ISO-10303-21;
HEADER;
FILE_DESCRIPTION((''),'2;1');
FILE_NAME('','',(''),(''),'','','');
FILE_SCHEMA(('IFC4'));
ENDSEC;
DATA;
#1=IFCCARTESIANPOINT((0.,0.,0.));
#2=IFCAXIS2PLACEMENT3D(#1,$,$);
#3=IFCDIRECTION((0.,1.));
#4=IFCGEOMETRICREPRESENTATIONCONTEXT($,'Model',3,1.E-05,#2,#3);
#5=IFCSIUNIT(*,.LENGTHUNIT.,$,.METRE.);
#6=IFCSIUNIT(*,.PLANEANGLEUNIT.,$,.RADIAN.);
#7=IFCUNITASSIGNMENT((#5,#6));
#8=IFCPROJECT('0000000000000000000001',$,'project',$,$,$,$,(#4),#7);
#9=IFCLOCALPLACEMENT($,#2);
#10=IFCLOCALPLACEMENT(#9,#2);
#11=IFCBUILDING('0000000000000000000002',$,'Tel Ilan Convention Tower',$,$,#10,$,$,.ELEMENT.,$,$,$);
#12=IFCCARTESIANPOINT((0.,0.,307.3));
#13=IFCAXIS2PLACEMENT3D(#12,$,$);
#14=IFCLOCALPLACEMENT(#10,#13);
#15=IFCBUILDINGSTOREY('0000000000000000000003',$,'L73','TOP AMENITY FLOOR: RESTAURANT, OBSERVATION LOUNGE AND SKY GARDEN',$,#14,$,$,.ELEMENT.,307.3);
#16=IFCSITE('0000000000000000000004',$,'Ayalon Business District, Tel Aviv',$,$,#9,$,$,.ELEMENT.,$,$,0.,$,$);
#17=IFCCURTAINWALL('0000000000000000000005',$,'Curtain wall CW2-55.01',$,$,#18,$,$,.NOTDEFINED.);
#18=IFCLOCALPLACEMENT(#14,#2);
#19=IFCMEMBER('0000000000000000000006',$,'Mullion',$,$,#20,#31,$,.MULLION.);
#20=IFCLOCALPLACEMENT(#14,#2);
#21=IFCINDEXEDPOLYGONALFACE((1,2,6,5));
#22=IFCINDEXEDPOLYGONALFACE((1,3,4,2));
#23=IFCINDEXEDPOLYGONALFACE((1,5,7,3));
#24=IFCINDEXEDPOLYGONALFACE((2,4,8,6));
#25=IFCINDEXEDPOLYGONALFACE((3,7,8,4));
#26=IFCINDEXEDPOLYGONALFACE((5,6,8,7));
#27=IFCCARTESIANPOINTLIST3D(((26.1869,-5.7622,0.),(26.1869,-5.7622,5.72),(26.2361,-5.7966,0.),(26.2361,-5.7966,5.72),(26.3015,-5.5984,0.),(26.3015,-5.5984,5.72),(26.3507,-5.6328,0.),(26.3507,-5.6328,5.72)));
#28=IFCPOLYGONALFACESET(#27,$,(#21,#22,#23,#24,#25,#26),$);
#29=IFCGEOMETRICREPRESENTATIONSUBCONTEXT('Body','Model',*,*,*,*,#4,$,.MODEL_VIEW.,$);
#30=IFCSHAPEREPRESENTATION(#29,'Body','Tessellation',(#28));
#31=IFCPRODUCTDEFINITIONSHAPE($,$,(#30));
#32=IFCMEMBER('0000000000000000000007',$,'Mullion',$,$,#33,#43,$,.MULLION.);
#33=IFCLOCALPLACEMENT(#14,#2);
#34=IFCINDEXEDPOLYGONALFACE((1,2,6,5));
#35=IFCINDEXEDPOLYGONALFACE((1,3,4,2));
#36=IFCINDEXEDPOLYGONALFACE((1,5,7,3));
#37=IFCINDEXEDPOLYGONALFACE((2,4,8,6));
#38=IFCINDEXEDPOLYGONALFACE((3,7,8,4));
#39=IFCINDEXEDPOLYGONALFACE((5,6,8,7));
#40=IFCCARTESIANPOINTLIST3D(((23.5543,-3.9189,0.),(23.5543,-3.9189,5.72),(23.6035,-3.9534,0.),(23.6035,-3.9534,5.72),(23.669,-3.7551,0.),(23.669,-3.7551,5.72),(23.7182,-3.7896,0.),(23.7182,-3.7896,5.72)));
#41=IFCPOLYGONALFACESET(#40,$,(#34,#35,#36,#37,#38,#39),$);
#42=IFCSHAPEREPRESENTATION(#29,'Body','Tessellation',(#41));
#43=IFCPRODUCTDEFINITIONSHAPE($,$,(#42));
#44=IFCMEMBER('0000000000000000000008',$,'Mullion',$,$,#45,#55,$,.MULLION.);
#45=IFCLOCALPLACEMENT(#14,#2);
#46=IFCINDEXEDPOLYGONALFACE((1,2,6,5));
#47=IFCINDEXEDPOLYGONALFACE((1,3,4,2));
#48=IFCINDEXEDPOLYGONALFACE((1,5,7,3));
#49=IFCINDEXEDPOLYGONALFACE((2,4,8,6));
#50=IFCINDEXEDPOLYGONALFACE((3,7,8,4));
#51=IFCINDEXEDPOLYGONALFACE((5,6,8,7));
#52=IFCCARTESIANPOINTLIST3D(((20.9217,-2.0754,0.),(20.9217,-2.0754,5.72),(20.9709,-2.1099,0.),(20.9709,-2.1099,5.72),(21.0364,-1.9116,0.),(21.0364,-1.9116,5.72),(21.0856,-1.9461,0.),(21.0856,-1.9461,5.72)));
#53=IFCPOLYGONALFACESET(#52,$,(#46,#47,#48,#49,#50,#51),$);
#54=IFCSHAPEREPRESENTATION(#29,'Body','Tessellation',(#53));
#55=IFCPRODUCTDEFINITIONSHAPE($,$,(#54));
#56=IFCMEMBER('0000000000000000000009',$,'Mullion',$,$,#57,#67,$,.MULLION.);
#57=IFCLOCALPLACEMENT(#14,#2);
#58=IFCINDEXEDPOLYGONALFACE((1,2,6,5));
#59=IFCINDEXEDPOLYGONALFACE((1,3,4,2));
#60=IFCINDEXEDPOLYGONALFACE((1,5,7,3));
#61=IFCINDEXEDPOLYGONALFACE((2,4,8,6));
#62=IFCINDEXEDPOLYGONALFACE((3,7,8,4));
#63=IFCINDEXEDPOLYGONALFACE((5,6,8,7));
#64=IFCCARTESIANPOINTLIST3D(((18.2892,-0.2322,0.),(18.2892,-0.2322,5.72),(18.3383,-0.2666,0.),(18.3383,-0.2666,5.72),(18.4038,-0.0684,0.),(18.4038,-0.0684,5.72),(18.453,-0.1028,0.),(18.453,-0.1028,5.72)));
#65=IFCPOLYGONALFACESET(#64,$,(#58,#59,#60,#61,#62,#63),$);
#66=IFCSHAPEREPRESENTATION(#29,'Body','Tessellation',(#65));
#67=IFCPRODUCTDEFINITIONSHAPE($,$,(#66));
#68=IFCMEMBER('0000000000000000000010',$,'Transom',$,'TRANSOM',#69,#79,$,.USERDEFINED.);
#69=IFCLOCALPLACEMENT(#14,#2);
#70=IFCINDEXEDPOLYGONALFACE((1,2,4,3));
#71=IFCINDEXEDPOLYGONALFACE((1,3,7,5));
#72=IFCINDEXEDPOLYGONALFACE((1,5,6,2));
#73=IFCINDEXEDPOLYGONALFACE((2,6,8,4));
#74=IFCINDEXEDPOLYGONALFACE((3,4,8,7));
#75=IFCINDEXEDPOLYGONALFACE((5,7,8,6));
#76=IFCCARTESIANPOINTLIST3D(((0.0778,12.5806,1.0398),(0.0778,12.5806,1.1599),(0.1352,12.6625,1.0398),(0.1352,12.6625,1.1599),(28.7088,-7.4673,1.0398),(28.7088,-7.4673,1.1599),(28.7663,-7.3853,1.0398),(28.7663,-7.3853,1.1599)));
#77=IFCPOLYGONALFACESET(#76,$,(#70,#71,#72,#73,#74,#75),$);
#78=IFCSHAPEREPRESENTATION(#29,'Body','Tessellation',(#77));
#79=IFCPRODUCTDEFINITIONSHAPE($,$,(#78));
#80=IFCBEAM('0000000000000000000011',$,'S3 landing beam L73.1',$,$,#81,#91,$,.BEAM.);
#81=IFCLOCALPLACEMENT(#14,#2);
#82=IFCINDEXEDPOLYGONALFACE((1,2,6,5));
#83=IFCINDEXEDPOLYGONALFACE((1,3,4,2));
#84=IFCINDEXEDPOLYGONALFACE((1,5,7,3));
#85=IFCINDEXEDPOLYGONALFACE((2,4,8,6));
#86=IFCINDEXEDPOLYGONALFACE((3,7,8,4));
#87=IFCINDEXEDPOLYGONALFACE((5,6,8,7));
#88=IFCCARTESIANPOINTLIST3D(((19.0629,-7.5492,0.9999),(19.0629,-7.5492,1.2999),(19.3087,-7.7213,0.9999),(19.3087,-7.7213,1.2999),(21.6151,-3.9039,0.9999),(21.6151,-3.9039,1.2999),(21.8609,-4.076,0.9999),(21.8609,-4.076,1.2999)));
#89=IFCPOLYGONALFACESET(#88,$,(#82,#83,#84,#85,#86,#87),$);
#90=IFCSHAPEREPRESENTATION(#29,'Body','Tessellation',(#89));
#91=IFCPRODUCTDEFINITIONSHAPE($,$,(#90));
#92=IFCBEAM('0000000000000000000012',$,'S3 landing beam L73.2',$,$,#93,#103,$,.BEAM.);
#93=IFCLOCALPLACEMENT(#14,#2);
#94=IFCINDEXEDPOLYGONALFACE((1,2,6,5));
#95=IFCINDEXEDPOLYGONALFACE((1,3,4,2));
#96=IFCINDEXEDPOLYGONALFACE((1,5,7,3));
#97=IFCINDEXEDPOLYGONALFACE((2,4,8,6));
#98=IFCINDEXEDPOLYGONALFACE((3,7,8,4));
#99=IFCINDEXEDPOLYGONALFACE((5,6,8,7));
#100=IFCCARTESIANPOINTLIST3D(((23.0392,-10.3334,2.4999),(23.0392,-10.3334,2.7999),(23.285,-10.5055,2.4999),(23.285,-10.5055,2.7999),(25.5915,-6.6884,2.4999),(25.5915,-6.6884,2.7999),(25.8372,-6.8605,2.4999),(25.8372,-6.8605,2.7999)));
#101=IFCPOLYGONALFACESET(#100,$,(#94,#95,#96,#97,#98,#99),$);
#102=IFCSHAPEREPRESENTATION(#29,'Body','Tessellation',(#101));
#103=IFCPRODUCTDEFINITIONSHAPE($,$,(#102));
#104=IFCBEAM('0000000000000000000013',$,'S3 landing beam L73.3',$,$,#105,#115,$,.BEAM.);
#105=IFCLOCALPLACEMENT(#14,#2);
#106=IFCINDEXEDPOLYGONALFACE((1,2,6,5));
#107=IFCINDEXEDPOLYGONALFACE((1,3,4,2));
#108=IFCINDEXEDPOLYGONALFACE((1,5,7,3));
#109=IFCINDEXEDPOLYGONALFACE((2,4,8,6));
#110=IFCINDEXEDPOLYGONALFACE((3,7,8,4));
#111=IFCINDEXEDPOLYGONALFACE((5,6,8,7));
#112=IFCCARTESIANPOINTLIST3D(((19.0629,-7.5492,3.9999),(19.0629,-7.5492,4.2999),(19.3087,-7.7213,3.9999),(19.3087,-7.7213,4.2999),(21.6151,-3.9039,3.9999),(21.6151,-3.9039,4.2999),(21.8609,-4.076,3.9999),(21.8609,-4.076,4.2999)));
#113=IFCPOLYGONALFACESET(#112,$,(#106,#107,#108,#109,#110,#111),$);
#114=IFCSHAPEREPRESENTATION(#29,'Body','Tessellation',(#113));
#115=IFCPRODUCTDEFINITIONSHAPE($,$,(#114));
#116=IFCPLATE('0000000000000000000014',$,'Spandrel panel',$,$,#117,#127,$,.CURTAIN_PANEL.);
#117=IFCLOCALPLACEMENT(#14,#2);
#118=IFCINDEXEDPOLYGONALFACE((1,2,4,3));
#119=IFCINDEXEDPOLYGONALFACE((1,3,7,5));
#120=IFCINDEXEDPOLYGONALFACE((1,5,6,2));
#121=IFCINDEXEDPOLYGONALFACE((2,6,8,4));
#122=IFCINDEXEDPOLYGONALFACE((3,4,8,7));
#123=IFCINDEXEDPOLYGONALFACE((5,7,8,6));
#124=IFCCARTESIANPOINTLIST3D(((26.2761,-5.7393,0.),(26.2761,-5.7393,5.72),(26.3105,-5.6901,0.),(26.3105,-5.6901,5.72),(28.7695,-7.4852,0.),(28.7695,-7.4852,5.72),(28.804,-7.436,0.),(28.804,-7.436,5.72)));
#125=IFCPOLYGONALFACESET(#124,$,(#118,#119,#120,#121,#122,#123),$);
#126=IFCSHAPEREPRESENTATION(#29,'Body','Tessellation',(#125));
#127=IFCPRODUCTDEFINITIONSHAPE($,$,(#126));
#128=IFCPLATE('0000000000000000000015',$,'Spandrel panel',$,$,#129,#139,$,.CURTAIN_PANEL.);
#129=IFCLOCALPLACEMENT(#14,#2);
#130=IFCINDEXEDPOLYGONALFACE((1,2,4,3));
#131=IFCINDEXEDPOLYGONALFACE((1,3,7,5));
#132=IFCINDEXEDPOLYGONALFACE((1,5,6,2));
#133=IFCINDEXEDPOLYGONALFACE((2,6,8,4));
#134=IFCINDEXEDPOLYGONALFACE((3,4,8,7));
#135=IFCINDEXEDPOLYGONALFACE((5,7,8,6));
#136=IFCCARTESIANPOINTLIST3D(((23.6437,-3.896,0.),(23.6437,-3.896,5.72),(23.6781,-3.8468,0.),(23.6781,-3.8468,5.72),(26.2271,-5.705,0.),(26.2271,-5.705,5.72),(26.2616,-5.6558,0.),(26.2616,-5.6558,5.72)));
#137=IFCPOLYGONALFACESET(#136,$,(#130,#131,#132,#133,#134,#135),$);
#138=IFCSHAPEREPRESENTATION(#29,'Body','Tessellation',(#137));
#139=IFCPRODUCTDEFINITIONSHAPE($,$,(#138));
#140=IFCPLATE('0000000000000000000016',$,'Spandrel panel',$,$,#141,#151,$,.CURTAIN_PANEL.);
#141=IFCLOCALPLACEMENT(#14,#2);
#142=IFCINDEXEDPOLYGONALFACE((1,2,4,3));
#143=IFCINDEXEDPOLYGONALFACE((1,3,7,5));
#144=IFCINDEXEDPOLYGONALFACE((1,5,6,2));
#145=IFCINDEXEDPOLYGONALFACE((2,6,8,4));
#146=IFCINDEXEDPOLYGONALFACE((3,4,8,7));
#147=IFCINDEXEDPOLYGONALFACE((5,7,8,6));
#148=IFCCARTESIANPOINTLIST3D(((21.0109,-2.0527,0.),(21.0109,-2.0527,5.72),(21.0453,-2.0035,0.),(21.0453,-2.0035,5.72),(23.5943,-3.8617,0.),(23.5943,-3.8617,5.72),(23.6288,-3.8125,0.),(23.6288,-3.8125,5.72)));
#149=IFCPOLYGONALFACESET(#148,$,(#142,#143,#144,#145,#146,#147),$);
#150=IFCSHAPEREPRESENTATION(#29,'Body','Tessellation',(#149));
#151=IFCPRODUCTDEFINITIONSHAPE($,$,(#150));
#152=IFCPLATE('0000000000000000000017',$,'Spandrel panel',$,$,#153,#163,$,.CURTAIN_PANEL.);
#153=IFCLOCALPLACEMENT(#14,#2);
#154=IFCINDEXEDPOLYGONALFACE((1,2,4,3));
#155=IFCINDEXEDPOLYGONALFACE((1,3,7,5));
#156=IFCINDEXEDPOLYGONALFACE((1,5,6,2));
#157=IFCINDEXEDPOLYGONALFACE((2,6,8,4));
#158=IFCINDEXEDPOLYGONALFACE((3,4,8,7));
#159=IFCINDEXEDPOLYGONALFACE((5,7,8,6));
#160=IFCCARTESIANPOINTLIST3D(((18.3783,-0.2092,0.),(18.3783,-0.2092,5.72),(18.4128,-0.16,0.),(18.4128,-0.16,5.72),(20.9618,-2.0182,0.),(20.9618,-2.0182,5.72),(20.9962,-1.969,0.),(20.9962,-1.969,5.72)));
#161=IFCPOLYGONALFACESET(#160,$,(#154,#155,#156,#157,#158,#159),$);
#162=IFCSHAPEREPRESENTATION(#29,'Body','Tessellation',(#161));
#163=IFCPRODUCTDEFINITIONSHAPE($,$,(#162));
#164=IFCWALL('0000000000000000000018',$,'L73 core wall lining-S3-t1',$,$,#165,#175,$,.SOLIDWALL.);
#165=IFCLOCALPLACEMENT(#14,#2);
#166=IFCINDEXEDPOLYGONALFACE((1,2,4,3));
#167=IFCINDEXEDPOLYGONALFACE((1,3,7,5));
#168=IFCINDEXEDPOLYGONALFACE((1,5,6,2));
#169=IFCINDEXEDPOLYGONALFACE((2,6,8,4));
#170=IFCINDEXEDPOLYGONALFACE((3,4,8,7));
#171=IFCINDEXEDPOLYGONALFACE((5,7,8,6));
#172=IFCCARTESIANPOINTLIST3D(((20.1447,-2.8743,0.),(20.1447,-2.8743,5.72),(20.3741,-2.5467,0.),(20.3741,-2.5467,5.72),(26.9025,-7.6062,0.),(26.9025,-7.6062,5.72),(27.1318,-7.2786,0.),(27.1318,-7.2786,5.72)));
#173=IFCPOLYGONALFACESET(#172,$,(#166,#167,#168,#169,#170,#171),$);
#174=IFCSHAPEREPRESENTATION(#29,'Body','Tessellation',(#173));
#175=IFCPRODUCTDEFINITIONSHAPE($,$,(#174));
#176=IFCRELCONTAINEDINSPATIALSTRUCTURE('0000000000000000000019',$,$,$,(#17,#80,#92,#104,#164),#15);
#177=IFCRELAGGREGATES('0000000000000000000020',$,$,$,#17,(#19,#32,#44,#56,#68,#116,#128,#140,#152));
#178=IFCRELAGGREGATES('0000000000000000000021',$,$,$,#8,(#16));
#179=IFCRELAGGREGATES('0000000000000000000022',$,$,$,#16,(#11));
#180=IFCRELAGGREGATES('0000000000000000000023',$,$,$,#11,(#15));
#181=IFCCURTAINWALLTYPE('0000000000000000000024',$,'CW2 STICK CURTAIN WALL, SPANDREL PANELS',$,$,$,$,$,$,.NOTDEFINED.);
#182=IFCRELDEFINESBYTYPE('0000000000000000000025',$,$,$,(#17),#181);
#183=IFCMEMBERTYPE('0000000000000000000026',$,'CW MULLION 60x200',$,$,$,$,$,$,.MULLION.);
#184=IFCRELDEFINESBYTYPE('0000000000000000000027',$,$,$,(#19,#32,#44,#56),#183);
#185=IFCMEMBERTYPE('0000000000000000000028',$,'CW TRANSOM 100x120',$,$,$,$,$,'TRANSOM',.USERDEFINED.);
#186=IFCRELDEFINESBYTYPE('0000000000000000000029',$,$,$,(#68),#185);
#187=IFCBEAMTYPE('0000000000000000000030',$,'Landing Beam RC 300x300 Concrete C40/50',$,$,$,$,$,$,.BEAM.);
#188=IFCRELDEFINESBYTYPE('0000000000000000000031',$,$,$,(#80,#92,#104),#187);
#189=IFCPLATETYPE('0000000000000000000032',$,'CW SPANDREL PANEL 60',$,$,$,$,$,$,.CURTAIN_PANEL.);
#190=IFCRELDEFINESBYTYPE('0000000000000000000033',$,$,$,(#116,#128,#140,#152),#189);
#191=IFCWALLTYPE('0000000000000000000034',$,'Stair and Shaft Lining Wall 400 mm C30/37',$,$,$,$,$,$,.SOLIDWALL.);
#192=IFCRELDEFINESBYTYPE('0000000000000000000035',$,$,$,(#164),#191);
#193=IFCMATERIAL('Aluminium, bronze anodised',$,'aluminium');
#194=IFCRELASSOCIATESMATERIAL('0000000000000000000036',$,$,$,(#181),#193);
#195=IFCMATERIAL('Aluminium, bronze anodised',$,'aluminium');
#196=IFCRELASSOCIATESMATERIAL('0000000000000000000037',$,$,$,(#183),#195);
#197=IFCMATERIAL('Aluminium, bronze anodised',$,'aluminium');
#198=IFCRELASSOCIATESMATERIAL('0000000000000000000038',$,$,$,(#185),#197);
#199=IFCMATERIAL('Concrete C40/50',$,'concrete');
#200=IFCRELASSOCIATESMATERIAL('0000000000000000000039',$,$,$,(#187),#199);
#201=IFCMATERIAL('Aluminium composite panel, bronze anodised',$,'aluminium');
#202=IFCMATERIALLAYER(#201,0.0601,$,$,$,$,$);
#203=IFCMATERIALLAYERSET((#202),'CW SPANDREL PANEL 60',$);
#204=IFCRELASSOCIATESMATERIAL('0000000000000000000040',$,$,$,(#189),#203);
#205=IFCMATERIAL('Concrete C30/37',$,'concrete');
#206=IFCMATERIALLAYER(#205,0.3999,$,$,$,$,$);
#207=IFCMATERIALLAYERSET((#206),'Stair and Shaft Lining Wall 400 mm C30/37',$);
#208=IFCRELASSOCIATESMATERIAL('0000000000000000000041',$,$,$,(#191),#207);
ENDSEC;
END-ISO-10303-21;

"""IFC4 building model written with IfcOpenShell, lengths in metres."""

from ifc_helpers import new_model, si_unit, direction, frame, frame_2d, origin, origin_2d, place, context, subcontext, project, spatial, rectangle, extrude, material, layer, layer_set, material_profile, profile_set, type_object, element, aggregate, save


model = new_model("IFC4")

# Units and contexts
model_context = context("Model", 3, precision=1e-05, world=origin(), true_north=direction((0.0, 1.0)))
body_context = subcontext(model_context, "Body", "Model", "MODEL_VIEW")
ifc_project = project(units=[si_unit("LENGTHUNIT", "METRE"), si_unit("PLANEANGLEUNIT", "RADIAN")], contexts=[model_context])

# Site, building, storey
site_placement = place(None, origin())
site = spatial("IfcSite", under=ifc_project, at=site_placement, Name="Ayalon Business District, Tel Aviv", CompositionType="ELEMENT", RefElevation=0.0)
building_placement = place(site_placement, origin())
building = spatial("IfcBuilding", under=site, at=building_placement, Name="Tel Ilan Convention Tower", CompositionType="ELEMENT")
storey_placement = place(building_placement, frame((0.0, 0.0, 307.3)))
storey = spatial("IfcBuildingStorey", under=building, at=storey_placement, Name="L73", Description="TOP AMENITY FLOOR: RESTAURANT, OBSERVATION LOUNGE AND SKY GARDEN", CompositionType="ELEMENT", Elevation=307.3)

# Curtain wall, members
ifc_material_1 = material(Name="Aluminium, bronze anodised", Category="aluminium")
curtain_wall_type = type_object("IfcCurtainWallType", Name="CW2 STICK CURTAIN WALL, SPANDREL PANELS", PredefinedType="NOTDEFINED", material=ifc_material_1)
curtain_wall_placement = place(storey_placement, origin())
curtain_wall = element("IfcCurtainWall", 1, at=curtain_wall_placement, inside=storey, type_object=curtain_wall_type, Name="Curtain wall CW2-55.01", PredefinedType="NOTDEFINED")
ifc_material_2 = material(Name="Aluminium, bronze anodised", Category="aluminium")
ifc_material_profile_1 = material_profile(ifc_material_2, rectangle(XDim=0.0601, YDim=0.2, at=origin_2d()), Name="CW MULLION 60x200")
ifc_profile_set_1 = profile_set([ifc_material_profile_1], Name="Aluminium, bronze anodised")
member_type_1 = type_object("IfcMemberType", Name="CW MULLION 60x200", PredefinedType="MULLION", material=ifc_profile_set_1)
member_1_placement = place(storey_placement, frame((26.2688, -5.6975, 0.0), z_axis=(0.0, 0.0, 1.0), x_axis=(-0.819152, 0.573576, 0.0)))
member_1 = element("IfcMember", 2, at=member_1_placement, type_object=member_type_1, Name="Mullion", PredefinedType="MULLION", context=body_context, shape_type="SweptSolid", body=[
    extrude(rectangle(XDim=0.0601, YDim=0.2, at=origin_2d()), origin(), (0.0, 0.0, 1.0), 5.72),
])
member_2_placement = place(storey_placement, frame((23.6362, -3.8542, 0.0), z_axis=(0.0, 0.0, 1.0), x_axis=(-0.819152, 0.573576, 0.0)))
member_2 = element("IfcMember", 3, at=member_2_placement, type_object=member_type_1, Name="Mullion", PredefinedType="MULLION", context=body_context, shape_type="SweptSolid", body=[
    extrude(rectangle(XDim=0.0601, YDim=0.2, at=origin_2d()), origin(), (0.0, 0.0, 1.0), 5.72),
])
member_3_placement = place(storey_placement, frame((21.0037, -2.0107, 0.0), z_axis=(0.0, 0.0, 1.0), x_axis=(-0.819152, 0.573576, 0.0)))
member_3 = element("IfcMember", 4, at=member_3_placement, type_object=member_type_1, Name="Mullion", PredefinedType="MULLION", context=body_context, shape_type="SweptSolid", body=[
    extrude(rectangle(XDim=0.0601, YDim=0.2, at=origin_2d()), origin(), (0.0, 0.0, 1.0), 5.72),
])
member_4_placement = place(storey_placement, frame((18.3711, -0.1675, 0.0), z_axis=(0.0, 0.0, 1.0), x_axis=(-0.819152, 0.573576, 0.0)))
member_4 = element("IfcMember", 5, at=member_4_placement, type_object=member_type_1, Name="Mullion", PredefinedType="MULLION", context=body_context, shape_type="SweptSolid", body=[
    extrude(rectangle(XDim=0.0601, YDim=0.2, at=origin_2d()), origin(), (0.0, 0.0, 1.0), 5.72),
])
ifc_material_3 = material(Name="Aluminium, bronze anodised", Category="aluminium")
ifc_material_profile_2 = material_profile(ifc_material_3, rectangle(XDim=0.1001, YDim=0.1201, at=origin_2d()), Name="CW TRANSOM 100x120")
ifc_profile_set_2 = profile_set([ifc_material_profile_2], Name="Aluminium, bronze anodised")
member_type_2 = type_object("IfcMemberType", Name="CW TRANSOM 100x120", ElementType="TRANSOM", PredefinedType="USERDEFINED", material=ifc_profile_set_2)
member_5_placement = place(storey_placement, frame((28.7375, -7.4263, 1.0999), z_axis=(-0.81915, 0.573579, 0.0), x_axis=(-0.573579, -0.81915, 0.0)))
member_5 = element("IfcMember", 6, at=member_5_placement, type_object=member_type_2, Name="Transom", ObjectType="TRANSOM", PredefinedType="USERDEFINED", context=body_context, shape_type="SweptSolid", body=[
    extrude(rectangle(XDim=0.1001, YDim=0.1201, at=origin_2d()), origin(), (0.0, 0.0, 1.0), 34.9521),
])

# Beams
ifc_material_4 = material(Name="Concrete C40/50", Category="concrete")
ifc_material_profile_3 = material_profile(ifc_material_4, rectangle(XDim=0.3, YDim=0.3, at=origin_2d()), Name="RC 300x300")
ifc_profile_set_3 = profile_set([ifc_material_profile_3], Name="Concrete C40/50")
beam_type = type_object("IfcBeamType", Name="Landing Beam RC 300x300 Concrete C40/50", PredefinedType="BEAM", material=ifc_profile_set_3)
beam_1_placement = place(storey_placement, frame((21.738, -3.99, 1.1499), z_axis=(-0.573547, -0.819173, 0.0), x_axis=(0.819173, -0.573547, 0.0)))
element("IfcBeam", 7, at=beam_1_placement, inside=storey, type_object=beam_type, Name="S3 landing beam L73.1", PredefinedType="BEAM", context=body_context, shape_type="SweptSolid", body=[
    extrude(rectangle(XDim=0.3, YDim=0.3, at=origin_2d()), origin(), (0.0, 0.0, 1.0), 4.45),
])
beam_2_placement = place(storey_placement, frame((25.7144, -6.7744, 2.6499), z_axis=(-0.573573, -0.819155, 0.0), x_axis=(0.819155, -0.573573, 0.0)))
element("IfcBeam", 8, at=beam_2_placement, inside=storey, type_object=beam_type, Name="S3 landing beam L73.2", PredefinedType="BEAM", context=body_context, shape_type="SweptSolid", body=[
    extrude(rectangle(XDim=0.3, YDim=0.3, at=origin_2d()), origin(), (0.0, 0.0, 1.0), 4.4497),
])
beam_3_placement = place(storey_placement, frame((21.738, -3.99, 4.1499), z_axis=(-0.573547, -0.819173, 0.0), x_axis=(0.819173, -0.573547, 0.0)))
element("IfcBeam", 9, at=beam_3_placement, inside=storey, type_object=beam_type, Name="S3 landing beam L73.3", PredefinedType="BEAM", context=body_context, shape_type="SweptSolid", body=[
    extrude(rectangle(XDim=0.3, YDim=0.3, at=origin_2d()), origin(), (0.0, 0.0, 1.0), 4.45),
])

# Plates
ifc_material_5 = material(Name="Aluminium composite panel, bronze anodised", Category="aluminium")
ifc_layer_1 = layer(ifc_material_5, 0.0601)
ifc_layer_set_1 = layer_set([ifc_layer_1], Name="CW SPANDREL PANEL 60")
plate_type = type_object("IfcPlateType", Name="CW SPANDREL PANEL 60", PredefinedType="CURTAIN_PANEL", material=ifc_layer_set_1)
plate_1_placement = place(storey_placement, frame((27.54, -6.5876, 0.0), z_axis=(0.0, 0.0, 1.0), x_axis=(-0.819152, 0.573576, 0.0)))
plate_1 = element("IfcPlate", 10, at=plate_1_placement, type_object=plate_type, Name="Spandrel panel", PredefinedType="CURTAIN_PANEL", context=body_context, shape_type="SweptSolid", body=[
    extrude(rectangle(XDim=3.0439, YDim=0.0601, at=origin_2d()), origin(), (0.0, 0.0, 1.0), 5.72),
])
plate_2_placement = place(storey_placement, frame((24.9526, -4.7759, 0.0), z_axis=(0.0, 0.0, 1.0), x_axis=(-0.819152, 0.573576, 0.0)))
plate_2 = element("IfcPlate", 11, at=plate_2_placement, type_object=plate_type, Name="Spandrel panel", PredefinedType="CURTAIN_PANEL", context=body_context, shape_type="SweptSolid", body=[
    extrude(rectangle(XDim=3.1538, YDim=0.0601, at=origin_2d()), origin(), (0.0, 0.0, 1.0), 5.72),
])
plate_3_placement = place(storey_placement, frame((22.3198, -2.9326, 0.0), z_axis=(0.0, 0.0, 1.0), x_axis=(-0.819152, 0.573576, 0.0)))
plate_3 = element("IfcPlate", 12, at=plate_3_placement, type_object=plate_type, Name="Spandrel panel", PredefinedType="CURTAIN_PANEL", context=body_context, shape_type="SweptSolid", body=[
    extrude(rectangle(XDim=3.1538, YDim=0.0601, at=origin_2d()), origin(), (0.0, 0.0, 1.0), 5.72),
])
plate_4_placement = place(storey_placement, frame((19.6873, -1.0891, 0.0), z_axis=(0.0, 0.0, 1.0), x_axis=(-0.819152, 0.573576, 0.0)))
plate_4 = element("IfcPlate", 13, at=plate_4_placement, type_object=plate_type, Name="Spandrel panel", PredefinedType="CURTAIN_PANEL", context=body_context, shape_type="SweptSolid", body=[
    extrude(rectangle(XDim=3.1538, YDim=0.0601, at=origin_2d()), origin(), (0.0, 0.0, 1.0), 5.72),
])
aggregate(curtain_wall, [member_1, member_2, member_3, member_4, member_5, plate_1, plate_2, plate_3, plate_4])

# Wall
ifc_material_6 = material(Name="Concrete C30/37", Category="concrete")
ifc_layer_2 = layer(ifc_material_6, 0.3999)
ifc_layer_set_2 = layer_set([ifc_layer_2], Name="Stair and Shaft Lining Wall 400 mm C30/37")
wall_type = type_object("IfcWallType", Name="Stair and Shaft Lining Wall 400 mm C30/37", PredefinedType="SOLIDWALL", material=ifc_layer_set_2)
wall_placement = place(storey_placement, frame((20.2593, -2.7104, 0.0), z_axis=(0.0, 0.0, 1.0), x_axis=(0.819148, -0.573582, 0.0)))
element("IfcWall", 14, at=wall_placement, inside=storey, type_object=wall_type, Name="L73 core wall lining-S3-t1", PredefinedType="SOLIDWALL", context=body_context, shape_type="SweptSolid", body=[
    extrude(rectangle(XDim=8.2498, YDim=0.3999, at=frame_2d((4.125, 0.0))), origin(), (0.0, 0.0, 1.0), 5.72),
])

save(model, "model.ifc")
